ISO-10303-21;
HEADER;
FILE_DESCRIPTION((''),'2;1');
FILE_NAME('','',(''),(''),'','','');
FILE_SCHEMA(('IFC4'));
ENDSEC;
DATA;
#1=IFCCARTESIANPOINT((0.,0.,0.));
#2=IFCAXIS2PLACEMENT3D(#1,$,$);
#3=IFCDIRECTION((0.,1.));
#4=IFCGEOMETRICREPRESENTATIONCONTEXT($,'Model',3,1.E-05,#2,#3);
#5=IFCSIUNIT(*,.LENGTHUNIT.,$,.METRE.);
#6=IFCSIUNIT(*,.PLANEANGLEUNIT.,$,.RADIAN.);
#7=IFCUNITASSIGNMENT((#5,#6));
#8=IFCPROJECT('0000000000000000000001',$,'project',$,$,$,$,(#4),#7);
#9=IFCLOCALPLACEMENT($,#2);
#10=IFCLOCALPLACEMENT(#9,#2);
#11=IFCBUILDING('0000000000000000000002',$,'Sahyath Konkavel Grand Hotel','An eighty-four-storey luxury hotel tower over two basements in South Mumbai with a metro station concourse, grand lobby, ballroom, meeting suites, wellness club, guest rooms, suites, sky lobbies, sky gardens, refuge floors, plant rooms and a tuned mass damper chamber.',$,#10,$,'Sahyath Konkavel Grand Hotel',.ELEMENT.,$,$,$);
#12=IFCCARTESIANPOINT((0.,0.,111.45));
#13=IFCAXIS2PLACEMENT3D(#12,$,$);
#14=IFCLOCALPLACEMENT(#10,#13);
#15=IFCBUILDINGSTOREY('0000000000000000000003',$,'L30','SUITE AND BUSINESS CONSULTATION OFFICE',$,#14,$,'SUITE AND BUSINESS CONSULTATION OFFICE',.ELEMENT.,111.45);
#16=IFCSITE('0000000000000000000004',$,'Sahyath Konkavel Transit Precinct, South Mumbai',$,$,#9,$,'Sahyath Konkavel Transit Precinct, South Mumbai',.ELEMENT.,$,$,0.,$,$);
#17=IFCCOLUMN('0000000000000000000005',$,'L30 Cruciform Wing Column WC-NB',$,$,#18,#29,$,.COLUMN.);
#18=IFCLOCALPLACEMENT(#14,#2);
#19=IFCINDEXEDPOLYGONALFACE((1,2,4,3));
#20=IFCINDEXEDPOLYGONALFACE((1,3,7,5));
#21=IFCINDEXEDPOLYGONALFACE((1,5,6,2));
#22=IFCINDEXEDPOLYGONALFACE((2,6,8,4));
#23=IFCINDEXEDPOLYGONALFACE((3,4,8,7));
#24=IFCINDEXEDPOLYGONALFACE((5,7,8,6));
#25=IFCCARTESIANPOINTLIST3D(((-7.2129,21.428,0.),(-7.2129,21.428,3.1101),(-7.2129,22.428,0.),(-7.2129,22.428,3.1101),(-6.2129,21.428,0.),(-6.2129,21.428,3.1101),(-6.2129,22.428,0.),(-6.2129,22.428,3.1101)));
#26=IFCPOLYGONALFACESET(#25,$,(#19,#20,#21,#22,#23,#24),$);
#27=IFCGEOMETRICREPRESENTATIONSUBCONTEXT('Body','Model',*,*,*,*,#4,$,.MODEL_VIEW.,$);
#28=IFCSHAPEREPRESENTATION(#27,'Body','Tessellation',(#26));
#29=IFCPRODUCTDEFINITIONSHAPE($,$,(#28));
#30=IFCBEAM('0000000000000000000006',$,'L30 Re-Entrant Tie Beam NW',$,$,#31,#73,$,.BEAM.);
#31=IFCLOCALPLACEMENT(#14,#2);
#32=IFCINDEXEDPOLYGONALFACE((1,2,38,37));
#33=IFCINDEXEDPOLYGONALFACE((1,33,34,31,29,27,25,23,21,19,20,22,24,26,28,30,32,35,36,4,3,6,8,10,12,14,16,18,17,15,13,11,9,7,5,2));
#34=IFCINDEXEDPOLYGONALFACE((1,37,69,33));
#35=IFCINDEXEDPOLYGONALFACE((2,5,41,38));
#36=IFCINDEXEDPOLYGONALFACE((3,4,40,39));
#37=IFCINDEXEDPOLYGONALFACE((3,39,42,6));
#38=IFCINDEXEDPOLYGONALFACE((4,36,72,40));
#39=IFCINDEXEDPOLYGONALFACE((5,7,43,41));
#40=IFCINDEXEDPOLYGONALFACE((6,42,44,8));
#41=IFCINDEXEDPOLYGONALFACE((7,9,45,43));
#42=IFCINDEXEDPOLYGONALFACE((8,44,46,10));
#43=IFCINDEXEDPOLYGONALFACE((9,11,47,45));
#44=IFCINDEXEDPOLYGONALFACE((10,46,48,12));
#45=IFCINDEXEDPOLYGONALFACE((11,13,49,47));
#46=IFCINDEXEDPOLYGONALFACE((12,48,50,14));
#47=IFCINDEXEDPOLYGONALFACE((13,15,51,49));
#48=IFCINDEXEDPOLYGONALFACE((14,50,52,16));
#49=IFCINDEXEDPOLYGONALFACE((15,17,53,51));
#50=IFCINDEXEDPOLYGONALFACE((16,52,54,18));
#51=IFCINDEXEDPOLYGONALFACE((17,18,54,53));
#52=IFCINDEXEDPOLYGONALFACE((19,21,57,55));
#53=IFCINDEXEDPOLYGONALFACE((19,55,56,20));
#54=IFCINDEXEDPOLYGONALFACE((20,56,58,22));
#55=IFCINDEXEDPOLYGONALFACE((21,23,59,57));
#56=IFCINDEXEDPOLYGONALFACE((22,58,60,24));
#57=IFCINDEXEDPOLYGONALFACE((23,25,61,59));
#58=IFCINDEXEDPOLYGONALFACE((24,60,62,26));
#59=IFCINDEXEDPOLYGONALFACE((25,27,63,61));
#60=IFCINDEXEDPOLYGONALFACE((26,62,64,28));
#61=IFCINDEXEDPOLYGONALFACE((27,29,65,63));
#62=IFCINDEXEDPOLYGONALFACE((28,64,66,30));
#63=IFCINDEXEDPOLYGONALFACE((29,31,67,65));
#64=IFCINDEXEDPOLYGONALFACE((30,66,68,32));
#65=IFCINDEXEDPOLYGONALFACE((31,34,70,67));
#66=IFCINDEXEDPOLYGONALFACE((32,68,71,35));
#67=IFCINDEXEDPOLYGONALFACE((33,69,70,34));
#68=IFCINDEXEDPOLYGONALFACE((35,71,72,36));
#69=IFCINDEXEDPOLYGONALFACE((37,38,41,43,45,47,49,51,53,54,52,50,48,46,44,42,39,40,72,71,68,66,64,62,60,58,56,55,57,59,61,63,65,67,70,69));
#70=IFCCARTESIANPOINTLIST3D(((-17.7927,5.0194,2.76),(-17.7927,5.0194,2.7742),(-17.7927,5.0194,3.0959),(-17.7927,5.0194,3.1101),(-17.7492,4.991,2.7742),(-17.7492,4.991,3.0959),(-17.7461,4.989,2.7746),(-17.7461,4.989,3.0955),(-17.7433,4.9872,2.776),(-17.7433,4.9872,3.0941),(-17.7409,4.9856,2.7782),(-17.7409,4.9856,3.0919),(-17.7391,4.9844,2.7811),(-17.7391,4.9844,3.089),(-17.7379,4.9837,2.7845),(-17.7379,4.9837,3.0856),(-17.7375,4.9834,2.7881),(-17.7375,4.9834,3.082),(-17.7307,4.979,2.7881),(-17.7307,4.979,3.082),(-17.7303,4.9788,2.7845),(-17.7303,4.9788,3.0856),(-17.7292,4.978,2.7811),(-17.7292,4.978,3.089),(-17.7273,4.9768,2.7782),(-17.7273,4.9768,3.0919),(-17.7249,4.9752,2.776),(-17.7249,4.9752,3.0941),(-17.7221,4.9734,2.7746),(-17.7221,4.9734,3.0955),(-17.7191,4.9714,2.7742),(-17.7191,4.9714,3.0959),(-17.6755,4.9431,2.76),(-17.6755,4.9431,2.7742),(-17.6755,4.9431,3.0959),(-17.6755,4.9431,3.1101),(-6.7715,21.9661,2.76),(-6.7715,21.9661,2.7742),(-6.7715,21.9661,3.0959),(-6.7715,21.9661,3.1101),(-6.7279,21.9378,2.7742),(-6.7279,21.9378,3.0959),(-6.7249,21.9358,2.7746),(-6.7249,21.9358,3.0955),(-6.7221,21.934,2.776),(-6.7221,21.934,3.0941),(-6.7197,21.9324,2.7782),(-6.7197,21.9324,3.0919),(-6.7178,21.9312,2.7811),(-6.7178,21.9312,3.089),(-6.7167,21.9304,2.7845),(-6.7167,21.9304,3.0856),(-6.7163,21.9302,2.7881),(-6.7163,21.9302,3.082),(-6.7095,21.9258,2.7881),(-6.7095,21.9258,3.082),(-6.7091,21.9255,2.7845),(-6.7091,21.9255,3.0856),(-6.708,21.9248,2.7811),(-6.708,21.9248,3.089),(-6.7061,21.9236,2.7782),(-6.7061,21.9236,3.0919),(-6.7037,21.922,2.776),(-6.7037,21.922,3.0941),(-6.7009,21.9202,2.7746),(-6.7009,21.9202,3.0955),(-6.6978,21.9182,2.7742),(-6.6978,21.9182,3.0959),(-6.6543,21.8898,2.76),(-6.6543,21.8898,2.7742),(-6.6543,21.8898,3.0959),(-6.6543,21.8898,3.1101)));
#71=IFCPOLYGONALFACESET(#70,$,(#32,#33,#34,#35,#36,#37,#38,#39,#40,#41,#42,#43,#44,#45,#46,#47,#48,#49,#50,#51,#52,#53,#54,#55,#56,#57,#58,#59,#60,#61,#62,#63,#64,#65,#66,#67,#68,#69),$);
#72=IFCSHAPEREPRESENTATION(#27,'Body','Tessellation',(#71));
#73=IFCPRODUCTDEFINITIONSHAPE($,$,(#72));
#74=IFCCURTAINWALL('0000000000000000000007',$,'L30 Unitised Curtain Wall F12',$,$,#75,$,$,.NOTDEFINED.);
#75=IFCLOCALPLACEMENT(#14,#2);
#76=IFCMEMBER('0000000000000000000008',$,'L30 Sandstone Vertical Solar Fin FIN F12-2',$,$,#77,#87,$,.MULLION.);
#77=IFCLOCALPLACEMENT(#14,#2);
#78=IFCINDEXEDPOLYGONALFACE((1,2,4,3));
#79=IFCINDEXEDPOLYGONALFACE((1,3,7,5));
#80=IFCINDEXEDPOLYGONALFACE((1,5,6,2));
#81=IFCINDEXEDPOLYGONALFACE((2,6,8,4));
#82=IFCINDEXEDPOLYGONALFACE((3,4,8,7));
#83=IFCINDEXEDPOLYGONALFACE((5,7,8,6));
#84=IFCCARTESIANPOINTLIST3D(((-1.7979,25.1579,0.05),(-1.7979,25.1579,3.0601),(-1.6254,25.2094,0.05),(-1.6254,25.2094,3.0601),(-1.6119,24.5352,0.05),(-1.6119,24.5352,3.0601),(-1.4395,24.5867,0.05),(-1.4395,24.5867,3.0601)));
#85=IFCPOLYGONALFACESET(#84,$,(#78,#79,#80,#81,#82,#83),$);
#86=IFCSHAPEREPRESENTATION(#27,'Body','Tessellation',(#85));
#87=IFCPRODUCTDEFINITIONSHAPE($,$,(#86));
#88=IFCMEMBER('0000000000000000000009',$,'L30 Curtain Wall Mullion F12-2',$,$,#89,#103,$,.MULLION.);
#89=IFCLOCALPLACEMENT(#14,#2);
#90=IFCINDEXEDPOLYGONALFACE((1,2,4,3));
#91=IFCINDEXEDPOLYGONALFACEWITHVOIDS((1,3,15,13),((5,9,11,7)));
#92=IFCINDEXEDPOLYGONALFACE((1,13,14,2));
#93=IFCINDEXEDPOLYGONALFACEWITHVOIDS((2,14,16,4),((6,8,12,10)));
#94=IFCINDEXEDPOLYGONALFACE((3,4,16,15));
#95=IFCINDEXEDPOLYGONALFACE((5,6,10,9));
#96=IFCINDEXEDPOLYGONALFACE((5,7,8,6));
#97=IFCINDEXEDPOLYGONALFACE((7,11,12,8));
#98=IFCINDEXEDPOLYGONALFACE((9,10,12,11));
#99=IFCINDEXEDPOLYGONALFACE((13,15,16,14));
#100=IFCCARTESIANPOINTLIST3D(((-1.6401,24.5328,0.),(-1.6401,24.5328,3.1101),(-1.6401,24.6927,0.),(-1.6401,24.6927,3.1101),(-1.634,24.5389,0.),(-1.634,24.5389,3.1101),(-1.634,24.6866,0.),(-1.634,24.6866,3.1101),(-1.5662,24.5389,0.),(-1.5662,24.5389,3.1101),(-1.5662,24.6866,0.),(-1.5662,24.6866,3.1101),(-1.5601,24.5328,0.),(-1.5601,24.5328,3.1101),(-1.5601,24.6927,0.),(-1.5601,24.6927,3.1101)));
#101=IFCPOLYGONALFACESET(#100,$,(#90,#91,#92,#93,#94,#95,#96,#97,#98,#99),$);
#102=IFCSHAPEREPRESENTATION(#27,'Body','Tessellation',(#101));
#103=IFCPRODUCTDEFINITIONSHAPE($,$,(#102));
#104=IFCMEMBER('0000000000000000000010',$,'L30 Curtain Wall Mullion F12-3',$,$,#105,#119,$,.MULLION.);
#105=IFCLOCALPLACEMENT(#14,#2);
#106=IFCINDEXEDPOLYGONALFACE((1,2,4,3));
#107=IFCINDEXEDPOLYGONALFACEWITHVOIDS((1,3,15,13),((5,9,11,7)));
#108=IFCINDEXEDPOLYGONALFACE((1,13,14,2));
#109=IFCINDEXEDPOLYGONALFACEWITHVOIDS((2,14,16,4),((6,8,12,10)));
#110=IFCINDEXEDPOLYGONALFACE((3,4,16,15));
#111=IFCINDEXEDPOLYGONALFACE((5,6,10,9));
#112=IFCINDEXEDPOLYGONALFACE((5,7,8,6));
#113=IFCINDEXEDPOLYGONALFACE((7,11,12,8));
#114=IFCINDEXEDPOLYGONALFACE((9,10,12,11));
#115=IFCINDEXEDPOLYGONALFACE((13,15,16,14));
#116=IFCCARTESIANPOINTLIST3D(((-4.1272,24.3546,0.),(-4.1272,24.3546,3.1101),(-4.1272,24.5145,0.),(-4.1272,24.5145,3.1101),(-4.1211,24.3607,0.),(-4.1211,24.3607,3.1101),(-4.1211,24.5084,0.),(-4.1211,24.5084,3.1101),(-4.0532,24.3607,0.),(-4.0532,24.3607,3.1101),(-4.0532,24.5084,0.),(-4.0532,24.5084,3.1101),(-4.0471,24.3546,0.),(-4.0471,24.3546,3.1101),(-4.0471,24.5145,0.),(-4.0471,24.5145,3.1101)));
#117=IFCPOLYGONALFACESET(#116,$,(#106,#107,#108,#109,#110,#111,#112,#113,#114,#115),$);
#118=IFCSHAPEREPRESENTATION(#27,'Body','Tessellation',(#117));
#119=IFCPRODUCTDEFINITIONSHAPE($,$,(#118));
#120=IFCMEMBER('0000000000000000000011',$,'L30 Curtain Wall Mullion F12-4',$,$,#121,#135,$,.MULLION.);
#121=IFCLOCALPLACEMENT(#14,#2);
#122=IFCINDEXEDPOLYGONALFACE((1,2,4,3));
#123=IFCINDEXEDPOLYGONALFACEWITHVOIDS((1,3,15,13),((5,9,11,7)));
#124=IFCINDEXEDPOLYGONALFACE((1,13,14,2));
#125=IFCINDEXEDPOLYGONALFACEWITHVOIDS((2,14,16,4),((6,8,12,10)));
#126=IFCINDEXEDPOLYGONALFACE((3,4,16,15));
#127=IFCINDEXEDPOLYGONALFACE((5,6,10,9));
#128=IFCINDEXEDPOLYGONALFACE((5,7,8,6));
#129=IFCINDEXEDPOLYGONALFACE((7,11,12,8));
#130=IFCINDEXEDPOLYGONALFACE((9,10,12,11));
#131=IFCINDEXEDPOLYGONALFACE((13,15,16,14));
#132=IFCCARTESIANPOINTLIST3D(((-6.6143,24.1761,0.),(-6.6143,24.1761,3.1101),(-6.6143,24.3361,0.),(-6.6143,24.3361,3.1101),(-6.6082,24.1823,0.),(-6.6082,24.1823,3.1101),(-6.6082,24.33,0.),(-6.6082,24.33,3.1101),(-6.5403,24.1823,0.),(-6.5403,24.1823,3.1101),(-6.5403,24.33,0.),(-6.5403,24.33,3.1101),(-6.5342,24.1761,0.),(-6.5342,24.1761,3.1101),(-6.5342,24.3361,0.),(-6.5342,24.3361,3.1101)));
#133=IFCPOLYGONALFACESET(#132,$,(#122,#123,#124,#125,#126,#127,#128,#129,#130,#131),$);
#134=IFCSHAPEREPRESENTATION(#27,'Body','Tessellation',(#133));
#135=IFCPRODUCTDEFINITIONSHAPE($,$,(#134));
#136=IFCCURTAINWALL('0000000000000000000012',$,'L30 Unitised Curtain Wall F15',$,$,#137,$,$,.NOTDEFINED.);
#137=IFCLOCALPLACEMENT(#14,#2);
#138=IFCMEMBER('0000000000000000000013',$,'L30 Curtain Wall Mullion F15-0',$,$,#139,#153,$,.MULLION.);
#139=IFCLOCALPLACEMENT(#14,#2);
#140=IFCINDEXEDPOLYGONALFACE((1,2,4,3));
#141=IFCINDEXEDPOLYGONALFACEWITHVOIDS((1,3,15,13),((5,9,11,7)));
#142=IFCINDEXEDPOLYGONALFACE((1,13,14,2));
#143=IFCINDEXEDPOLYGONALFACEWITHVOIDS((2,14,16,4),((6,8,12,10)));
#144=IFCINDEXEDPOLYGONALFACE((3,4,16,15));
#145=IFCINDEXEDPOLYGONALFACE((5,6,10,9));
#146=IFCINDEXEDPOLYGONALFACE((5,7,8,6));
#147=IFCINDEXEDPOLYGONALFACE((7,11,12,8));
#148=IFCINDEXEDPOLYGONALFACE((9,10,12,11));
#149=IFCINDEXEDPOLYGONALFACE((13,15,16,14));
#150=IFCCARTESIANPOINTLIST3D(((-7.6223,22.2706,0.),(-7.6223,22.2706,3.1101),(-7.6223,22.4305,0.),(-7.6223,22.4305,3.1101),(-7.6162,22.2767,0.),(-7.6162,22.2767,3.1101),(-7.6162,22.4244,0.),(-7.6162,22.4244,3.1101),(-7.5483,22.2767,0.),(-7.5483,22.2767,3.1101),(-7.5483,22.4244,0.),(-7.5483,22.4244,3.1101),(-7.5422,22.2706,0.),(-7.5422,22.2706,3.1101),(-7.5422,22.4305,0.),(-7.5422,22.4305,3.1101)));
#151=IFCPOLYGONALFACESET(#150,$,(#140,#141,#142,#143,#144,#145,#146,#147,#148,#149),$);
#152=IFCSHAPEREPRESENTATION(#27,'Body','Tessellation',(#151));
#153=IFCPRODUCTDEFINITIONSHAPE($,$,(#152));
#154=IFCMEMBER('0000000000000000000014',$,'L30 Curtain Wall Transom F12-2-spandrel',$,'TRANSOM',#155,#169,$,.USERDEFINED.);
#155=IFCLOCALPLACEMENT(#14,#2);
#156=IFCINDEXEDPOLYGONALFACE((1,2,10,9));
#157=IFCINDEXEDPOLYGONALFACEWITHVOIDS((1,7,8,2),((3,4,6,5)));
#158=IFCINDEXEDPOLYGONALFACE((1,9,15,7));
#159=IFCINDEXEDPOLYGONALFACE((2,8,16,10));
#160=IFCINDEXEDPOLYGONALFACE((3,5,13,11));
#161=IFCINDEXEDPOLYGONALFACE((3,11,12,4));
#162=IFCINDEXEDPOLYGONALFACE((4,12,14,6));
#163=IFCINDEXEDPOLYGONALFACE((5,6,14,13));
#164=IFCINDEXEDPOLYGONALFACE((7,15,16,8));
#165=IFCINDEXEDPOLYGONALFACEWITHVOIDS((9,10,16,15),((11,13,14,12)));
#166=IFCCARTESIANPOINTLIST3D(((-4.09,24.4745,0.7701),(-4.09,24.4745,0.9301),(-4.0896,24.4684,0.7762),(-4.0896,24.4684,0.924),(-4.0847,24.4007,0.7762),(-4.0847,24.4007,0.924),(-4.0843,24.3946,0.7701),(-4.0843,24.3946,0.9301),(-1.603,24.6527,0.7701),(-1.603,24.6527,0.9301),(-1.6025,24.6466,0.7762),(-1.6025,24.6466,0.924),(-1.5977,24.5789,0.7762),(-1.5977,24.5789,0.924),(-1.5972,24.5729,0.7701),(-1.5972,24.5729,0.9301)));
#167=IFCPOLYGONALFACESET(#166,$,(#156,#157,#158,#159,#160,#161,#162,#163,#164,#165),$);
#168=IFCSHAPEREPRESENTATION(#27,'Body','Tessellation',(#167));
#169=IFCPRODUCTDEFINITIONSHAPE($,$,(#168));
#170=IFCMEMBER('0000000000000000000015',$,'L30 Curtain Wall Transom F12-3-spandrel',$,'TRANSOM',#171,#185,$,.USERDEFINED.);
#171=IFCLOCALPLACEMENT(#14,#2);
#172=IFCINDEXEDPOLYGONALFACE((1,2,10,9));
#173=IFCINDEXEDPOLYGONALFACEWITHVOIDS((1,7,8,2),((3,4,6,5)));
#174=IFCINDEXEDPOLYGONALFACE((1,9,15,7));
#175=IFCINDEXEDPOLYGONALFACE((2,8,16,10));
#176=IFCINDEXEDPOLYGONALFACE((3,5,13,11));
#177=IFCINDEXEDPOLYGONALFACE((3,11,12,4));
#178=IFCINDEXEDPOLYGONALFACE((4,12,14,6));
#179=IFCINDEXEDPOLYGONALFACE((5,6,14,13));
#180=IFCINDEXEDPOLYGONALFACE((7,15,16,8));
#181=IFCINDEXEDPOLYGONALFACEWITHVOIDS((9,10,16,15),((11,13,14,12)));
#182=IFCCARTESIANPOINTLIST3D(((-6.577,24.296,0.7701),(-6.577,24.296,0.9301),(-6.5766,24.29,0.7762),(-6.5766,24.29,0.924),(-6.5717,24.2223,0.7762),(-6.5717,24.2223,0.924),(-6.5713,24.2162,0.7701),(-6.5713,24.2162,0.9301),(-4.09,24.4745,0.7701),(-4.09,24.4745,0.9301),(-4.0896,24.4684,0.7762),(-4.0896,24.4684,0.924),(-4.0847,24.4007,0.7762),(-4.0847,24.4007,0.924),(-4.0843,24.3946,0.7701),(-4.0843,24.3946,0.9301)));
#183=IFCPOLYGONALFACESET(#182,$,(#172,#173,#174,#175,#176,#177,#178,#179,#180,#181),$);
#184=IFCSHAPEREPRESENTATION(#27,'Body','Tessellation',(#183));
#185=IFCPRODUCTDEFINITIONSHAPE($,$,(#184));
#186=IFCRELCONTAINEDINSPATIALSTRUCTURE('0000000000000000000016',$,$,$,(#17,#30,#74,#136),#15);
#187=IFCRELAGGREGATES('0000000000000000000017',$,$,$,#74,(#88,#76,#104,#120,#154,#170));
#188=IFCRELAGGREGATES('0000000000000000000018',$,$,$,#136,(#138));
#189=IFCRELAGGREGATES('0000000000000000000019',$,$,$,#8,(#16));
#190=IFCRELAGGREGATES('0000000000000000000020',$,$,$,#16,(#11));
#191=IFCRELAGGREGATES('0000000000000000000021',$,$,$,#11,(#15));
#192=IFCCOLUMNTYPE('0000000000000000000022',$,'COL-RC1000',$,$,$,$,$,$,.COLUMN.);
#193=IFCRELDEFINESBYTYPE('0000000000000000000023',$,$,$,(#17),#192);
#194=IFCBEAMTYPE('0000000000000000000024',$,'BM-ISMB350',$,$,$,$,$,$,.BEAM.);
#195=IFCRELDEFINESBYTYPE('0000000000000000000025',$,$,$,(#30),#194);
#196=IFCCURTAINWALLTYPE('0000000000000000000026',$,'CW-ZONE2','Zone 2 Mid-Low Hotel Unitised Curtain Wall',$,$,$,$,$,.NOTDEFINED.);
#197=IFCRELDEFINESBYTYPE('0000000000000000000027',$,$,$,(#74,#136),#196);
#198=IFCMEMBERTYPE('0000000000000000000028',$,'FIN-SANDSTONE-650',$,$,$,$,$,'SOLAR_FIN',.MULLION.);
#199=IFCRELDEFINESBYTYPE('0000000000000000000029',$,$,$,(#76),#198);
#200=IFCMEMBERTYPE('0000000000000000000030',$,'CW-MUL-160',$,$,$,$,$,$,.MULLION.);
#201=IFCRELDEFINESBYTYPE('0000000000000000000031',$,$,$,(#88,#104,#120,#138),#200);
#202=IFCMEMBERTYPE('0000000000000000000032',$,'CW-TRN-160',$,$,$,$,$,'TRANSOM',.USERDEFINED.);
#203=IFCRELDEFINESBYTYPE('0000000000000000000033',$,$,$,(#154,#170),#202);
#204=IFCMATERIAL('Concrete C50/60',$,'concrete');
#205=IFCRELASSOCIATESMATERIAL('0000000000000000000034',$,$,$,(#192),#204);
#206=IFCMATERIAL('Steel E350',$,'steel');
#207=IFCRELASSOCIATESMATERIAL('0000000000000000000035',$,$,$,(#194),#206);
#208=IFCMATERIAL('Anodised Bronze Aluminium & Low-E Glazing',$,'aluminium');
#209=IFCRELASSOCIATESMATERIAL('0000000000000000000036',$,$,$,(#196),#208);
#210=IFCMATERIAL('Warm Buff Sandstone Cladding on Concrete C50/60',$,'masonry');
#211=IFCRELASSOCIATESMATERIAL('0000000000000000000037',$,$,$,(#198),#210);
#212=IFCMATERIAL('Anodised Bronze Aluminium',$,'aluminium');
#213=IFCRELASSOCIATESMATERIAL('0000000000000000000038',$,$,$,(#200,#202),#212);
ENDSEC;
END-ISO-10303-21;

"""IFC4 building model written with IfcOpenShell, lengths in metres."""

from ifc_helpers import new_model, si_unit, direction, frame, origin, origin_2d, place, context, subcontext, project, spatial, rectangle, hollow_rectangle, i_section, extrude, source, transform, mapped, material, material_profile, profile_set, type_object, element, aggregate, save


model = new_model("IFC4")

# Units and contexts
model_context = context("Model", 3, precision=1e-05, world=origin(), true_north=direction((0.0, 1.0)))
body_context = subcontext(model_context, "Body", "Model", "MODEL_VIEW")
ifc_project = project(units=[si_unit("LENGTHUNIT", "METRE"), si_unit("PLANEANGLEUNIT", "RADIAN")], contexts=[model_context])

# Site, building, storey
site_placement = place(None, origin())
site = spatial("IfcSite", under=ifc_project, at=site_placement, Name="Sahyath Konkavel Transit Precinct, South Mumbai", LongName="Sahyath Konkavel Transit Precinct, South Mumbai", CompositionType="ELEMENT", RefElevation=0.0)
building_placement = place(site_placement, origin())
building = spatial("IfcBuilding", under=site, at=building_placement, Name="Sahyath Konkavel Grand Hotel", Description="An eighty-four-storey luxury hotel tower over two basements in South Mumbai with a metro station concourse, grand lobby, ballroom, meeting suites, wellness club, guest rooms, suites, sky lobbies, sky gardens, refuge floors, plant rooms and a tuned mass damper chamber.", LongName="Sahyath Konkavel Grand Hotel", CompositionType="ELEMENT")
storey_placement = place(building_placement, frame((0.0, 0.0, 111.45)))
storey = spatial("IfcBuildingStorey", under=building, at=storey_placement, Name="L30", Description="SUITE AND BUSINESS CONSULTATION OFFICE", LongName="SUITE AND BUSINESS CONSULTATION OFFICE", CompositionType="ELEMENT", Elevation=111.45)

# Column
ifc_material_1 = material(Name="Concrete C50/60", Category="concrete")
ifc_material_profile_1 = material_profile(ifc_material_1, rectangle(XDim=1.0, YDim=1.0, at=origin_2d()), Name="RC 1000x1000")
ifc_profile_set_1 = profile_set([ifc_material_profile_1], Name="Concrete C50/60")
column_type = type_object("IfcColumnType", Name="COL-RC1000", PredefinedType="COLUMN", material=ifc_profile_set_1)
shared_shape_1 = source(origin(), body_context, "Body", "SweptSolid", [
    extrude(rectangle(XDim=1.0, YDim=1.0, at=origin_2d()), origin(), (0.0, 0.0, 1.0), 3.1101),
])
column_placement = place(storey_placement, frame((-6.7129, 21.928, 0.0), z_axis=(0.0, 0.0, 1.0), x_axis=(1.0, 0.0, 0.0)))
element("IfcColumn", 1, at=column_placement, inside=storey, type_object=column_type, Name="L30 Cruciform Wing Column WC-NB", PredefinedType="COLUMN", context=body_context, shape_type="MappedRepresentation", body=[
    mapped(shared_shape_1, transform((0.0, 0.0, 0.0), scale=1.0)),
])

# Beam
ifc_material_2 = material(Name="Steel E350", Category="steel")
ifc_material_profile_2 = material_profile(ifc_material_2, i_section(OverallWidth=0.1399, OverallDepth=0.3501, WebThickness=0.0081, FlangeThickness=0.0142, FilletRadius=0.0139, at=origin_2d()), Name="ISMB 350")
ifc_profile_set_2 = profile_set([ifc_material_profile_2], Name="Steel E350")
beam_type_1 = type_object("IfcBeamType", Name="BM-ISMB350", PredefinedType="BEAM", material=ifc_profile_set_2)
shared_shape_2 = source(origin(), body_context, "Body", "SweptSolid", [
    extrude(i_section(OverallWidth=0.1399, OverallDepth=0.3501, WebThickness=0.0081, FlangeThickness=0.0142, FilletRadius=0.0139, at=origin_2d()), origin(), (0.0, 0.0, 1.0), 20.2153),
])
beam_1_placement = place(storey_placement, frame((-6.7129, 21.928, 2.9351), z_axis=(-0.545191, -0.838312, 0.0), x_axis=(0.838312, -0.545191, 0.0)))
element("IfcBeam", 2, at=beam_1_placement, inside=storey, type_object=beam_type_1, Name="L30 Re-Entrant Tie Beam NW", PredefinedType="BEAM", context=body_context, shape_type="MappedRepresentation", body=[
    mapped(shared_shape_2, transform((0.0, 0.0, 0.0), scale=1.0)),
])

# Curtain wall, members
ifc_material_3 = material(Name="Anodised Bronze Aluminium & Low-E Glazing", Category="aluminium")
curtain_wall_type = type_object("IfcCurtainWallType", Name="CW-ZONE2", Description="Zone 2 Mid-Low Hotel Unitised Curtain Wall", PredefinedType="NOTDEFINED", material=ifc_material_3)
curtain_wall_1_placement = place(storey_placement, origin())
curtain_wall_1 = element("IfcCurtainWall", 3, at=curtain_wall_1_placement, inside=storey, type_object=curtain_wall_type, Name="L30 Unitised Curtain Wall F12", PredefinedType="NOTDEFINED")
ifc_material_4 = material(Name="Warm Buff Sandstone Cladding on Concrete C50/60", Category="masonry")
ifc_material_profile_3 = material_profile(ifc_material_4, rectangle(XDim=0.1799, YDim=0.6499, at=origin_2d()), Name="FIN 180x650")
ifc_profile_set_3 = profile_set([ifc_material_profile_3], Name="Warm Buff Sandstone Cladding on Concrete C50/60")
member_type_1 = type_object("IfcMemberType", Name="FIN-SANDSTONE-650", ElementType="SOLAR_FIN", PredefinedType="MULLION", material=ifc_profile_set_3)
shared_shape_3 = source(origin(), body_context, "Body", "SweptSolid", [
    extrude(rectangle(XDim=0.1799, YDim=0.6499, at=origin_2d()), origin(), (0.0, 0.0, 1.0), 3.01),
])
member_1_placement = place(storey_placement, frame((-1.6187, 24.8723, 0.05), z_axis=(0.0, 0.0, 1.0), x_axis=(0.958173, 0.28619, 0.0)))
member_1 = element("IfcMember", 4, at=member_1_placement, type_object=member_type_1, Name="L30 Sandstone Vertical Solar Fin FIN F12-2", PredefinedType="MULLION", context=body_context, shape_type="MappedRepresentation", body=[
    mapped(shared_shape_3, transform((0.0, 0.0, 0.0), scale=1.0)),
])
ifc_material_5 = material(Name="Anodised Bronze Aluminium", Category="aluminium")
ifc_material_profile_4 = material_profile(ifc_material_5, hollow_rectangle(XDim=0.0801, YDim=0.1599, WallThickness=0.0061, at=origin_2d()), Name="RHS 160x80x6")
ifc_profile_set_4 = profile_set([ifc_material_profile_4], Name="Anodised Bronze Aluminium")
member_type_2 = type_object("IfcMemberType", Name="CW-MUL-160", PredefinedType="MULLION", material=ifc_profile_set_4)
shared_shape_4 = source(origin(), body_context, "Body", "SweptSolid", [
    extrude(hollow_rectangle(XDim=0.0801, YDim=0.1599, WallThickness=0.0061, at=origin_2d()), origin(), (0.0, 0.0, 1.0), 3.1101),
])
member_2_placement = place(storey_placement, frame((-1.6001, 24.6128, 0.0), z_axis=(0.0, 0.0, 1.0), x_axis=(1.0, 0.0, 0.0)))
member_2 = element("IfcMember", 5, at=member_2_placement, type_object=member_type_2, Name="L30 Curtain Wall Mullion F12-2", PredefinedType="MULLION", context=body_context, shape_type="MappedRepresentation", body=[
    mapped(shared_shape_4, transform((0.0, 0.0, 0.0), scale=1.0)),
])
member_3_placement = place(storey_placement, frame((-4.0872, 24.4346, 0.0), z_axis=(0.0, 0.0, 1.0), x_axis=(1.0, 0.0, 0.0)))
member_3 = element("IfcMember", 6, at=member_3_placement, type_object=member_type_2, Name="L30 Curtain Wall Mullion F12-3", PredefinedType="MULLION", context=body_context, shape_type="MappedRepresentation", body=[
    mapped(shared_shape_4, transform((0.0, 0.0, 0.0), scale=1.0)),
])
member_4_placement = place(storey_placement, frame((-6.5742, 24.2561, 0.0), z_axis=(0.0, 0.0, 1.0), x_axis=(1.0, 0.0, 0.0)))
member_4 = element("IfcMember", 7, at=member_4_placement, type_object=member_type_2, Name="L30 Curtain Wall Mullion F12-4", PredefinedType="MULLION", context=body_context, shape_type="MappedRepresentation", body=[
    mapped(shared_shape_4, transform((0.0, 0.0, 0.0), scale=1.0)),
])

# Curtain wall, member
curtain_wall_2_placement = place(storey_placement, origin())
curtain_wall_2 = element("IfcCurtainWall", 8, at=curtain_wall_2_placement, inside=storey, type_object=curtain_wall_type, Name="L30 Unitised Curtain Wall F15", PredefinedType="NOTDEFINED")
member_5_placement = place(storey_placement, frame((-7.5823, 22.3506, 0.0), z_axis=(0.0, 0.0, 1.0), x_axis=(1.0, 0.0, 0.0)))
member_5 = element("IfcMember", 9, at=member_5_placement, type_object=member_type_2, Name="L30 Curtain Wall Mullion F15-0", PredefinedType="MULLION", context=body_context, shape_type="MappedRepresentation", body=[
    mapped(shared_shape_4, transform((0.0, 0.0, 0.0), scale=1.0)),
])

# Members
ifc_material_profile_5 = material_profile(ifc_material_5, hollow_rectangle(XDim=0.0801, YDim=0.1599, WallThickness=0.0061, at=origin_2d()), Name="RHS 160x80x6")
ifc_profile_set_5 = profile_set([ifc_material_profile_5], Name="Anodised Bronze Aluminium")
member_type_3 = type_object("IfcMemberType", Name="CW-TRN-160", ElementType="TRANSOM", PredefinedType="USERDEFINED", material=ifc_profile_set_5)
shared_shape_5 = source(origin(), body_context, "Body", "SweptSolid", [
    extrude(hollow_rectangle(XDim=0.0801, YDim=0.1599, WallThickness=0.0061, at=origin_2d()), origin(), (0.0, 0.0, 1.0), 2.4934),
])
member_6_placement = place(storey_placement, frame((-1.6001, 24.6128, 0.8501), z_axis=(-0.997442, -0.071477, 0.0), x_axis=(0.071477, -0.997442, 0.0)))
member_6 = element("IfcMember", 10, at=member_6_placement, type_object=member_type_3, Name="L30 Curtain Wall Transom F12-2-spandrel", ObjectType="TRANSOM", PredefinedType="USERDEFINED", context=body_context, shape_type="MappedRepresentation", body=[
    mapped(shared_shape_5, transform((0.0, 0.0, 0.0), scale=1.0)),
])
member_7_placement = place(storey_placement, frame((-4.0872, 24.4346, 0.8501), z_axis=(-0.997435, -0.071574, 0.0), x_axis=(0.071574, -0.997435, 0.0)))
member_7 = element("IfcMember", 11, at=member_7_placement, type_object=member_type_3, Name="L30 Curtain Wall Transom F12-3-spandrel", ObjectType="TRANSOM", PredefinedType="USERDEFINED", context=body_context, shape_type="MappedRepresentation", body=[
    mapped(shared_shape_5, transform((0.0, 0.0, 0.0), scale=1.0)),
])

aggregate(curtain_wall_1, [member_2, member_1, member_3, member_4, member_6, member_7])
aggregate(curtain_wall_2, [member_5])

save(model, "model.ifc")
